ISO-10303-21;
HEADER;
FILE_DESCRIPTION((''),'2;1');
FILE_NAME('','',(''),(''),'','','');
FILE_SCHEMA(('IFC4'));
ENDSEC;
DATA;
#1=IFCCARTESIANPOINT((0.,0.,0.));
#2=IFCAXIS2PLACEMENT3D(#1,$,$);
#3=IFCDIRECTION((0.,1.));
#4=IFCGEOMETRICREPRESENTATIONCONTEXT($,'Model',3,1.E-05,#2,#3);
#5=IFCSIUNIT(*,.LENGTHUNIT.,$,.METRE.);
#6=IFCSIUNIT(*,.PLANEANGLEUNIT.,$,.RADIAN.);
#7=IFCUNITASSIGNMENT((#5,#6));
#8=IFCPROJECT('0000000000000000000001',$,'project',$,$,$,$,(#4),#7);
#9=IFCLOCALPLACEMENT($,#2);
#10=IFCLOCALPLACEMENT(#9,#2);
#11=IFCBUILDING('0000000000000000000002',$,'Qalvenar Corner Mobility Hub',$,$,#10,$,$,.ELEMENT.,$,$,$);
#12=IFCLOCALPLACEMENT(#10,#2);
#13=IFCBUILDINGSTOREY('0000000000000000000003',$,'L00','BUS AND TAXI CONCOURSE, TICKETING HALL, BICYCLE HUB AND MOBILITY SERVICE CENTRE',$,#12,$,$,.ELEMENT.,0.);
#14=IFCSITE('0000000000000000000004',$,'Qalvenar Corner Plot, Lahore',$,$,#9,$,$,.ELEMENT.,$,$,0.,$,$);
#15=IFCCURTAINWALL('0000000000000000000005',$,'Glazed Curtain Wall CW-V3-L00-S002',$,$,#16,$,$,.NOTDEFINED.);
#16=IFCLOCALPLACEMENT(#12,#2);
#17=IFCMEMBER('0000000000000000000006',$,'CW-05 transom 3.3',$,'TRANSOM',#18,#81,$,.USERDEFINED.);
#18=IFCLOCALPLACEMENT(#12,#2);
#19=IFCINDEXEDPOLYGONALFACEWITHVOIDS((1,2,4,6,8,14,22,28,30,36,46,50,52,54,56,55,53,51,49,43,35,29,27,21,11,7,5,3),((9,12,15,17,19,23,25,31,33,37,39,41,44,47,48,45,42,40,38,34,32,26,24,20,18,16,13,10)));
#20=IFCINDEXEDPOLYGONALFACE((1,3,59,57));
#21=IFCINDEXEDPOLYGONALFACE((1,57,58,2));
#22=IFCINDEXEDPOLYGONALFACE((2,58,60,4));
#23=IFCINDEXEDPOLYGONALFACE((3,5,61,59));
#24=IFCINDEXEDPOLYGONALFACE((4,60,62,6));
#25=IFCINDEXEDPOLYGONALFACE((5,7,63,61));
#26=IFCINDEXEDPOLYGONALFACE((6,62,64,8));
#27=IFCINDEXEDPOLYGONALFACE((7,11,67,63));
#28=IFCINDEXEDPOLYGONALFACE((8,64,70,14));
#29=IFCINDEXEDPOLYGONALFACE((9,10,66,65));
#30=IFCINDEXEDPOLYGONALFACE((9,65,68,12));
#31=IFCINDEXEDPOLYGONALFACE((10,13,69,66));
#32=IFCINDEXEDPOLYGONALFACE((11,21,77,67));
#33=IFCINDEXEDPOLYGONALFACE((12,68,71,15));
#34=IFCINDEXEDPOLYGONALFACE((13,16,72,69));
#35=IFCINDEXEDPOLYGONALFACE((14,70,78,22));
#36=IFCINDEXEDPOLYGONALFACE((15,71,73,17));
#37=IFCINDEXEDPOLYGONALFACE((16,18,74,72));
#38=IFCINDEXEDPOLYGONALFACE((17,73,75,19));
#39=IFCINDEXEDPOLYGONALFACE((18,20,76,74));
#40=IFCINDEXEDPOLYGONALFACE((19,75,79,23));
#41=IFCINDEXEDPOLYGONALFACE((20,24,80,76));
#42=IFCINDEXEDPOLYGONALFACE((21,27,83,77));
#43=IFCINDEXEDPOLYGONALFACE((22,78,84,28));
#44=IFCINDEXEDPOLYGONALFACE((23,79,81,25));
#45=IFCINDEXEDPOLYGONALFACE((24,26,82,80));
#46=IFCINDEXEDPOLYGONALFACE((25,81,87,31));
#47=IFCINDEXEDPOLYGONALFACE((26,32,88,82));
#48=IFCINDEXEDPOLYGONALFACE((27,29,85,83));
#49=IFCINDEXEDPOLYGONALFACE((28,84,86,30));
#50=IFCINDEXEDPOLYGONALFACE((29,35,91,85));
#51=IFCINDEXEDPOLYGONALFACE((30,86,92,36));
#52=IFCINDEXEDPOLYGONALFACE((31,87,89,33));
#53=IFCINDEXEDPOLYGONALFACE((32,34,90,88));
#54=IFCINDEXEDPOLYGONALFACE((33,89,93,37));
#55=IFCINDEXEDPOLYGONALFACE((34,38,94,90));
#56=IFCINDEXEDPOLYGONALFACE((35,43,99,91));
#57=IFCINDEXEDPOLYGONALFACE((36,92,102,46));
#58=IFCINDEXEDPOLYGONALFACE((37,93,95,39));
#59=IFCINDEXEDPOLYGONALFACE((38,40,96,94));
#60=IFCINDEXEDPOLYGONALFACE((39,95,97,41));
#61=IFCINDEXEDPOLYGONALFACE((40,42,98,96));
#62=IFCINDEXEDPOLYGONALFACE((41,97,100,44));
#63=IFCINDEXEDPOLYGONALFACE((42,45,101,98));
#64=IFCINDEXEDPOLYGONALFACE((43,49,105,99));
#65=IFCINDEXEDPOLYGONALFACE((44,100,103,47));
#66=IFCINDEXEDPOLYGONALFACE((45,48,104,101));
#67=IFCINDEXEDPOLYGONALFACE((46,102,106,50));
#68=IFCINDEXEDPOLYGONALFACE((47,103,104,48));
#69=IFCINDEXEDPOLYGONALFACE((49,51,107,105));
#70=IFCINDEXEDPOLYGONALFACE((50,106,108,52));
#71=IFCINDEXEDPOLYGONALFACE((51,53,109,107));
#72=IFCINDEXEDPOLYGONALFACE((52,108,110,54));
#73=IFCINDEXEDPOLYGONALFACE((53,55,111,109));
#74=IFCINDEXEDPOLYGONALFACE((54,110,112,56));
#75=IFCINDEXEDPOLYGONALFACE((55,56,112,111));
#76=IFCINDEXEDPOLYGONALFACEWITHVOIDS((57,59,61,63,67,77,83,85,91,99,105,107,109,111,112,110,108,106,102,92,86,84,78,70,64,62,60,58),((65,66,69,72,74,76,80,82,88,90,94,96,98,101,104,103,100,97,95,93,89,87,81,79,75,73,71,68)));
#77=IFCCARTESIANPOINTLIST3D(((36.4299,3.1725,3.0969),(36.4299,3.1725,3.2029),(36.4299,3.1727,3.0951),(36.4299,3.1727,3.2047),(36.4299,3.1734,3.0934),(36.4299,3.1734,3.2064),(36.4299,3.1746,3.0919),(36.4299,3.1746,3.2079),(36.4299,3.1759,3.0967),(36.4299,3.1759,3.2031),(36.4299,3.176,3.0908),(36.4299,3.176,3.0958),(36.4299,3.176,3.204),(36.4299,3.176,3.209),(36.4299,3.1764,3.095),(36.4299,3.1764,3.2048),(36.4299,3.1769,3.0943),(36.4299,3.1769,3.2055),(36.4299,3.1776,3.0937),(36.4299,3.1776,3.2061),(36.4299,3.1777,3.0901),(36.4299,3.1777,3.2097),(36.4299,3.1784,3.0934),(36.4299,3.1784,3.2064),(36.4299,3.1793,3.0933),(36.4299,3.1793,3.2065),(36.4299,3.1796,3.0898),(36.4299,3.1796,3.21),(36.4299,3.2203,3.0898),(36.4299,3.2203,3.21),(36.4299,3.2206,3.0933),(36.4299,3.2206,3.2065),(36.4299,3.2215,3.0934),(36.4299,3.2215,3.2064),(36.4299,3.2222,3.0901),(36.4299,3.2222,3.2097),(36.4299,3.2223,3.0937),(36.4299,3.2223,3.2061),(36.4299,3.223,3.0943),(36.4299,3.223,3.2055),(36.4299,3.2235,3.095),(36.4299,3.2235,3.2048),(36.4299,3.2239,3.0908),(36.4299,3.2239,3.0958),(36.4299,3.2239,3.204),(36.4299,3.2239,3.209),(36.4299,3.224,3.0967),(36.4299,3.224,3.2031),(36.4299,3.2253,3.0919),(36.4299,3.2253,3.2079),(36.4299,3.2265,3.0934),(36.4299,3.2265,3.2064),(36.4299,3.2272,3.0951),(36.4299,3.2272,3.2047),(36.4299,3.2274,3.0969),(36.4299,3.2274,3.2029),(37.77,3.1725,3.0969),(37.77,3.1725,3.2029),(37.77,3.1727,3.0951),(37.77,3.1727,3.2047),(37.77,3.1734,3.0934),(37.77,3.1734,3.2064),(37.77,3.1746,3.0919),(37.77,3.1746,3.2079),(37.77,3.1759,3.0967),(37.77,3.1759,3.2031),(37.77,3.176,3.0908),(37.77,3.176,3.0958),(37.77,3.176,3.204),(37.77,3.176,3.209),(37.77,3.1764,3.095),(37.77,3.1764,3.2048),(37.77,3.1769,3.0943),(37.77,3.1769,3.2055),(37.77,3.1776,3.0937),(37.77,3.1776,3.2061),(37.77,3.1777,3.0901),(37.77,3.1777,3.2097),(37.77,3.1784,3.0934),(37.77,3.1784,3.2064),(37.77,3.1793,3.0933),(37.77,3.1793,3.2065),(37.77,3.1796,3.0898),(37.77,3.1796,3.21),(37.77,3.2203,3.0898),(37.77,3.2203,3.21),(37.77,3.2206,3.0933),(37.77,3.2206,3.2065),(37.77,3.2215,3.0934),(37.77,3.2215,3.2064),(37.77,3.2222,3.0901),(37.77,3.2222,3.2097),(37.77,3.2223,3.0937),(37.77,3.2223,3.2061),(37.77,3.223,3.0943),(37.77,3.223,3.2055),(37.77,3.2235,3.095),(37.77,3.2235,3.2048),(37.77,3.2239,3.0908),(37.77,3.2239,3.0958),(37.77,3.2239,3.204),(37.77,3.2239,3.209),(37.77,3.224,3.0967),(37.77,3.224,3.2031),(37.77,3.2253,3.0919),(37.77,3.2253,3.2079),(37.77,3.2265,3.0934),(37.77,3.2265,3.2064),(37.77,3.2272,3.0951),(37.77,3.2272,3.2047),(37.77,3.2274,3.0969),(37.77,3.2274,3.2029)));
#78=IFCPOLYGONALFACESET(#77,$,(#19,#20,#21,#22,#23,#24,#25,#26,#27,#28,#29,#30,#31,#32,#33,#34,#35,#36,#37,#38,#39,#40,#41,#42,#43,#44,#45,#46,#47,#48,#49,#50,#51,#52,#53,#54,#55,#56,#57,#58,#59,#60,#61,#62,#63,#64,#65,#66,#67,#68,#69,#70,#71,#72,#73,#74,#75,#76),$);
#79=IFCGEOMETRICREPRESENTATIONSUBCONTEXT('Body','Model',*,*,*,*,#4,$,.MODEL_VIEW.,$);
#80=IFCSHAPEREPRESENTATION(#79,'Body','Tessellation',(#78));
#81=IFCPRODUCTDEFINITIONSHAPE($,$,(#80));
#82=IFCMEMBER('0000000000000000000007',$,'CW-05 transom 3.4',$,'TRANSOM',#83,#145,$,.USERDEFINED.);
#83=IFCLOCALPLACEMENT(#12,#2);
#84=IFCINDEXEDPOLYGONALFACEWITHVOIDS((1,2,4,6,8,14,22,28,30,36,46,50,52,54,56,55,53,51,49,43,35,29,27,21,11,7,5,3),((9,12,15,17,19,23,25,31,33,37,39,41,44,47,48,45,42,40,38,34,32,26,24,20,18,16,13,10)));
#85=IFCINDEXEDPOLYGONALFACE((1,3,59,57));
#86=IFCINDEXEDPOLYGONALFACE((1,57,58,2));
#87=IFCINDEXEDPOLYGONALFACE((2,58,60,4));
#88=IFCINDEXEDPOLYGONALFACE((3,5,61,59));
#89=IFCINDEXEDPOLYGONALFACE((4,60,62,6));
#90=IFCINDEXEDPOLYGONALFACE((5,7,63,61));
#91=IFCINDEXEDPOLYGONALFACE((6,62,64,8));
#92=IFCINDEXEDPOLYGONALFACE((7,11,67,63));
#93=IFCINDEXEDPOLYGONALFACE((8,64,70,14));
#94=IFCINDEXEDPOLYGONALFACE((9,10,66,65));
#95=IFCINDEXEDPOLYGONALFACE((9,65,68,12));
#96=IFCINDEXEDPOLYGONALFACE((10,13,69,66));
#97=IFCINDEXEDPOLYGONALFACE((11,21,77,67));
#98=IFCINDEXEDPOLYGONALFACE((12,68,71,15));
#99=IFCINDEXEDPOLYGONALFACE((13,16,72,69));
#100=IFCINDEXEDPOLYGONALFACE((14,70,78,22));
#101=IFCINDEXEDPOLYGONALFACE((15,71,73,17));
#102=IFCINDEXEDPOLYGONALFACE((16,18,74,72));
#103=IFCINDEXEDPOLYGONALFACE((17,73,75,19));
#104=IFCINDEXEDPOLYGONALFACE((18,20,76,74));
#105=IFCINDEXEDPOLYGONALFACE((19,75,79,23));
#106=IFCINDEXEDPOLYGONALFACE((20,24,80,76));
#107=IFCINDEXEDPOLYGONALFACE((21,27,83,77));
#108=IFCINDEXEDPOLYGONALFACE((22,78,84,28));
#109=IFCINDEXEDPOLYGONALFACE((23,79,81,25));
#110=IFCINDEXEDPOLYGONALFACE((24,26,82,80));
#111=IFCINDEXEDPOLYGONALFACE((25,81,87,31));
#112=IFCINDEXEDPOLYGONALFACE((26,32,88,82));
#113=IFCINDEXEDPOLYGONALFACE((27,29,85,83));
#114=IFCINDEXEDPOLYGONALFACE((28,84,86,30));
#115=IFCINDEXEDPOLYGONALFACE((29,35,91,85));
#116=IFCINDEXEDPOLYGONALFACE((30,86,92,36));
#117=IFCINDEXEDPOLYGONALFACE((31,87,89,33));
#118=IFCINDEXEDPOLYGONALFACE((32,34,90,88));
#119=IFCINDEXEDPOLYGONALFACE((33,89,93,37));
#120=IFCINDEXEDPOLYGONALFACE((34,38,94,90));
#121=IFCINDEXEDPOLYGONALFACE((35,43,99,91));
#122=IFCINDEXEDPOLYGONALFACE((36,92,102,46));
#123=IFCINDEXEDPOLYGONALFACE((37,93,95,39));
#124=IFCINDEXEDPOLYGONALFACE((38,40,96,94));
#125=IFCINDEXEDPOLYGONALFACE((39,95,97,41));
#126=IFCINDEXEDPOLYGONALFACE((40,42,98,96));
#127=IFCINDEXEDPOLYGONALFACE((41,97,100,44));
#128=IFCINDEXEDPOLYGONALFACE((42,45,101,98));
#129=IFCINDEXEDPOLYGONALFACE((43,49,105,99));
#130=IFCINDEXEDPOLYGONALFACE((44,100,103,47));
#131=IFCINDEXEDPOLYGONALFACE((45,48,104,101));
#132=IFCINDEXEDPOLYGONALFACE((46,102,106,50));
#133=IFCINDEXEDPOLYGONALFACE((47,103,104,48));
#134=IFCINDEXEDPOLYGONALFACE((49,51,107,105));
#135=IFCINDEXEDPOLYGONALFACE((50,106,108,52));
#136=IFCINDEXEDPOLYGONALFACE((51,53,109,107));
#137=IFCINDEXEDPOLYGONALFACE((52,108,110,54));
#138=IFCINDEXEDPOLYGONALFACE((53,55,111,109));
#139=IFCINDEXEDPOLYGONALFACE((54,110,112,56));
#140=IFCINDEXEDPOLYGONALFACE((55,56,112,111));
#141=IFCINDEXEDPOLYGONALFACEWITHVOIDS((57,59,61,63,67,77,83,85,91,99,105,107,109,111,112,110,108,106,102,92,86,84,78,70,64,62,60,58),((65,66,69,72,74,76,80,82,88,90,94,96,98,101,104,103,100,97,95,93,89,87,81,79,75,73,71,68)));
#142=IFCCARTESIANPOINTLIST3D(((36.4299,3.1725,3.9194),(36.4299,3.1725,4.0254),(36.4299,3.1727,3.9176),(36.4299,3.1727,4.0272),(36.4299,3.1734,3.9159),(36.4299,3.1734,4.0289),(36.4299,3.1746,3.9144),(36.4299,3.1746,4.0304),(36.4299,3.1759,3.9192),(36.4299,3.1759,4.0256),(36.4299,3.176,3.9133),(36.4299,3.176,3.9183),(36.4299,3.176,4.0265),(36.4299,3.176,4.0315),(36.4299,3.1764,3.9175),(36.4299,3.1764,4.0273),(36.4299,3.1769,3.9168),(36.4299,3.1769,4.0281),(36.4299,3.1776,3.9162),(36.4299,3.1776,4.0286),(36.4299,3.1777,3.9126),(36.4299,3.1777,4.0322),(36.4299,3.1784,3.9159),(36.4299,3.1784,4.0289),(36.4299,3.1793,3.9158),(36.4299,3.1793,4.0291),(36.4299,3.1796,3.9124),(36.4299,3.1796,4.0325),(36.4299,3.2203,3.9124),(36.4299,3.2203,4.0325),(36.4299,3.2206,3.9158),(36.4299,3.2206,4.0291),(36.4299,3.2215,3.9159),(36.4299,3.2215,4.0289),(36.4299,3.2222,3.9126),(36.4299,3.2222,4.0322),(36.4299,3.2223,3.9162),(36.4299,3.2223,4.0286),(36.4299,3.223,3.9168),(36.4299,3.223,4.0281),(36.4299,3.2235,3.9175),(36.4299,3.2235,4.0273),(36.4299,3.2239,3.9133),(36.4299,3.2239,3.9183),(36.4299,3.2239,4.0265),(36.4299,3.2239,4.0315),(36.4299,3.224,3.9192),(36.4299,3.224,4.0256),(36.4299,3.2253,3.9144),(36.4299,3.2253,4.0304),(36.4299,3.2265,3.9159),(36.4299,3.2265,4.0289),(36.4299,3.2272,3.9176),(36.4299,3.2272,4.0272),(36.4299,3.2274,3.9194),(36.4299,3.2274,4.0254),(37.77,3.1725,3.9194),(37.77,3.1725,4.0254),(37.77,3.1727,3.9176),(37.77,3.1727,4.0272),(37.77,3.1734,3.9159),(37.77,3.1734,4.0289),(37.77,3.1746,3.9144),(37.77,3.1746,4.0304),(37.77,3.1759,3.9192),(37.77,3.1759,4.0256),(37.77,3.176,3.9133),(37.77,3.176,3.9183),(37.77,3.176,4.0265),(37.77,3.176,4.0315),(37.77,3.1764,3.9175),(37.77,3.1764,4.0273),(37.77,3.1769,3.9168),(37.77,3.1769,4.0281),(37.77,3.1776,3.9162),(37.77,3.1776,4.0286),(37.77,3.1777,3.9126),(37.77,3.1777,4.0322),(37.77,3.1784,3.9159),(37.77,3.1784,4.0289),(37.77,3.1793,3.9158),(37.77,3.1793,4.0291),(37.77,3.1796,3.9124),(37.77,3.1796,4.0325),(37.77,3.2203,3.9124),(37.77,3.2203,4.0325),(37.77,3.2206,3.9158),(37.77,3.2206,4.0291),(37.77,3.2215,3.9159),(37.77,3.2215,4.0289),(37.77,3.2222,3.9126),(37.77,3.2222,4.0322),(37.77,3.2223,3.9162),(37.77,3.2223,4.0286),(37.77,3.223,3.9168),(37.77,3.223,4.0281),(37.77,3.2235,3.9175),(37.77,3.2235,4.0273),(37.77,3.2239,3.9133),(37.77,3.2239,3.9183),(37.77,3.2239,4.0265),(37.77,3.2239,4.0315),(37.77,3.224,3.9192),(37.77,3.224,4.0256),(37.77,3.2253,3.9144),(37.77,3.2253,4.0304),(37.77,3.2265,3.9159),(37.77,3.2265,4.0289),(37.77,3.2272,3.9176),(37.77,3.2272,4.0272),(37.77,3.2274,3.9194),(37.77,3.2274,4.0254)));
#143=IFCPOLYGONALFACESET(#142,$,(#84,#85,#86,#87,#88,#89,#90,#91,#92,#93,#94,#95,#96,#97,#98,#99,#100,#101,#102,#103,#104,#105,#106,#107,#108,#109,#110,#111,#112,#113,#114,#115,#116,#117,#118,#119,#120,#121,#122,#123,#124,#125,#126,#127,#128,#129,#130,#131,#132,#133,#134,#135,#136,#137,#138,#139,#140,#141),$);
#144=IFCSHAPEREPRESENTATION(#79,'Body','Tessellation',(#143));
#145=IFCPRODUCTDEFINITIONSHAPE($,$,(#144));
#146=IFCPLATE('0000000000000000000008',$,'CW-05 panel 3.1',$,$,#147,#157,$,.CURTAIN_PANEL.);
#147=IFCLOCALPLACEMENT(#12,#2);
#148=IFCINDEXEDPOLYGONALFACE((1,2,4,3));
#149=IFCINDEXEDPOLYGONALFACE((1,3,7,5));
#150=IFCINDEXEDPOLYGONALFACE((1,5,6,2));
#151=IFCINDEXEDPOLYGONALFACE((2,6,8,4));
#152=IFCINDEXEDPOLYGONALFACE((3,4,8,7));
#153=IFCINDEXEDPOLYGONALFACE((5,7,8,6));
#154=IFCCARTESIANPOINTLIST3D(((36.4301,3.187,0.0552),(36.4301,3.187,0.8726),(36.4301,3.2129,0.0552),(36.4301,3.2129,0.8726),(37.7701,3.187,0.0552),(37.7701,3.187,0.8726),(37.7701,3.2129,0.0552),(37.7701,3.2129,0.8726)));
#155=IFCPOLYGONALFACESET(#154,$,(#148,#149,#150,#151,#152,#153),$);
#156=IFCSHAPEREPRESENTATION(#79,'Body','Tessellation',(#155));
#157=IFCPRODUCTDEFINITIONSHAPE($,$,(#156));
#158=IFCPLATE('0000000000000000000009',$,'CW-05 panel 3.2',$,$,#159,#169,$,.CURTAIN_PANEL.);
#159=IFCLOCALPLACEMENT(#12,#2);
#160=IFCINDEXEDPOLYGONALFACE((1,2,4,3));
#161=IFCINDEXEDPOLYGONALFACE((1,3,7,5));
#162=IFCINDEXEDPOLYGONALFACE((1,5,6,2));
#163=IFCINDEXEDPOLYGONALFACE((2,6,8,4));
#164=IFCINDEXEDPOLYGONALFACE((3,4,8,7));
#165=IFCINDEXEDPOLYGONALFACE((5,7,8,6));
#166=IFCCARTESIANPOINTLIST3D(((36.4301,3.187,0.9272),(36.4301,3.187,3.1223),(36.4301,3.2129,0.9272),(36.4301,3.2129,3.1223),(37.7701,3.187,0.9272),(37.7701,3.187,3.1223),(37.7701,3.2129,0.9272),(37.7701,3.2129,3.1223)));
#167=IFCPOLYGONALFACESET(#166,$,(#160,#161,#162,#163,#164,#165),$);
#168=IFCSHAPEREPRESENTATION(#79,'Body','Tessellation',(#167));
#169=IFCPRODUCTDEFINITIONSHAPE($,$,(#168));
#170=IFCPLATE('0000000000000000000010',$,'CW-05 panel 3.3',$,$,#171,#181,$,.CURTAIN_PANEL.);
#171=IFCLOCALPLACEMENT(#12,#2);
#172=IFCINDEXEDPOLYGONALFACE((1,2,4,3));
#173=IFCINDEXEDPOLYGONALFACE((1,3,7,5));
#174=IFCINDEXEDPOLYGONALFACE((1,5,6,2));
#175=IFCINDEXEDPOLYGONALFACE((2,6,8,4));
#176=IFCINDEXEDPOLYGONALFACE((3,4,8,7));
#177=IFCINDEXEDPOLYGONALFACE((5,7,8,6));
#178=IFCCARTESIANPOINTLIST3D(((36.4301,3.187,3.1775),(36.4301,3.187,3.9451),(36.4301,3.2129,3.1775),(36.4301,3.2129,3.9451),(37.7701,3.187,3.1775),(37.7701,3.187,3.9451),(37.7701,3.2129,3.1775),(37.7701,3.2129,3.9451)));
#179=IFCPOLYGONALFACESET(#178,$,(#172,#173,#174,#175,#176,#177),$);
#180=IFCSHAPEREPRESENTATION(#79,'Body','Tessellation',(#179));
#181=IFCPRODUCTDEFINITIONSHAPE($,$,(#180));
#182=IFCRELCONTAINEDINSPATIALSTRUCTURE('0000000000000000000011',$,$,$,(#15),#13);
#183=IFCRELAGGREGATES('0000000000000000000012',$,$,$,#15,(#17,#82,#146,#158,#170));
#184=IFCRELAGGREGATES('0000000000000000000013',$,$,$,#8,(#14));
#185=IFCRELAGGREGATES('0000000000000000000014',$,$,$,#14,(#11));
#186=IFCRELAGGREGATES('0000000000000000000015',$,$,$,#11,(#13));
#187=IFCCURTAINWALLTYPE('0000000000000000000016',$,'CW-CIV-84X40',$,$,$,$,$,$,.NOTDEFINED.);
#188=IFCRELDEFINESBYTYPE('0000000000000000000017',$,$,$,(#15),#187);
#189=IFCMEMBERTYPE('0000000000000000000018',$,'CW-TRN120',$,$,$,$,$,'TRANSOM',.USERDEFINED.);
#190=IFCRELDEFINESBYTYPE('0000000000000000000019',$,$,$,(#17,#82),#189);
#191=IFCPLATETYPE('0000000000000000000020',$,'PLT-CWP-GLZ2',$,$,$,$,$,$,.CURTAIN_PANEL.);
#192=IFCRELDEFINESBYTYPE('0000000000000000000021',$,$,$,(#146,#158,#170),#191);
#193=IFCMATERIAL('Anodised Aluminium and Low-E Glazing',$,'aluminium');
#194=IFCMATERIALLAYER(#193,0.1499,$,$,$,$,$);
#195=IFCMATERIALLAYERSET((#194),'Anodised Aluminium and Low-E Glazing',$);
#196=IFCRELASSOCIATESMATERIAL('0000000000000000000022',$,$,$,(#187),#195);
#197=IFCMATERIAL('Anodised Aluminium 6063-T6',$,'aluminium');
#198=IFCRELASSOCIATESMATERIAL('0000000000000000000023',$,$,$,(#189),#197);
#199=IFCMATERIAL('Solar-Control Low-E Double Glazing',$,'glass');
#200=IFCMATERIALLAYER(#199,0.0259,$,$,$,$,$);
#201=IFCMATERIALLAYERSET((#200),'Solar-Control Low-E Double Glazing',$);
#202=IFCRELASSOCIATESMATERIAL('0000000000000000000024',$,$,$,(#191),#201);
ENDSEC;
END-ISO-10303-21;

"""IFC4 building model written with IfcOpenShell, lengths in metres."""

from ifc_helpers import new_model, si_unit, direction, frame, origin, origin_2d, place, context, subcontext, project, spatial, rectangle, hollow_rectangle, extrude, material, layer, layer_set, material_profile, profile_set, type_object, element, aggregate, save


model = new_model("IFC4")

# Units and contexts
model_context = context("Model", 3, precision=1e-05, world=origin(), true_north=direction((0.0, 1.0)))
body_context = subcontext(model_context, "Body", "Model", "MODEL_VIEW")
ifc_project = project(units=[si_unit("LENGTHUNIT", "METRE"), si_unit("PLANEANGLEUNIT", "RADIAN")], contexts=[model_context])

# Site, building, storey
site_placement = place(None, origin())
site = spatial("IfcSite", under=ifc_project, at=site_placement, Name="Qalvenar Corner Plot, Lahore", CompositionType="ELEMENT", RefElevation=0.0)
building_placement = place(site_placement, origin())
building = spatial("IfcBuilding", under=site, at=building_placement, Name="Qalvenar Corner Mobility Hub", CompositionType="ELEMENT")
storey_placement = place(building_placement, origin())
storey = spatial("IfcBuildingStorey", under=building, at=storey_placement, Name="L00", Description="BUS AND TAXI CONCOURSE, TICKETING HALL, BICYCLE HUB AND MOBILITY SERVICE CENTRE", CompositionType="ELEMENT", Elevation=0.0)

# Curtain wall, members, plates
ifc_material_1 = material(Name="Anodised Aluminium and Low-E Glazing", Category="aluminium")
ifc_layer_1 = layer(ifc_material_1, 0.1499)
ifc_layer_set_1 = layer_set([ifc_layer_1], Name="Anodised Aluminium and Low-E Glazing")
curtain_wall_type = type_object("IfcCurtainWallType", Name="CW-CIV-84X40", PredefinedType="NOTDEFINED", material=ifc_layer_set_1)
curtain_wall_placement = place(storey_placement, origin())
curtain_wall = element("IfcCurtainWall", 1, at=curtain_wall_placement, inside=storey, type_object=curtain_wall_type, Name="Glazed Curtain Wall CW-V3-L00-S002", PredefinedType="NOTDEFINED")
ifc_material_2 = material(Name="Anodised Aluminium 6063-T6", Category="aluminium")
ifc_material_profile_1 = material_profile(ifc_material_2, hollow_rectangle(XDim=0.0549, YDim=0.1201, WallThickness=0.0034, InnerFilletRadius=0.0034, OuterFilletRadius=0.0071, at=origin_2d()), Name="RHS120x55x3.5")
ifc_profile_set_1 = profile_set([ifc_material_profile_1], Name="Anodised Aluminium 6063-T6")
member_type = type_object("IfcMemberType", Name="CW-TRN120", ElementType="TRANSOM", PredefinedType="USERDEFINED", material=ifc_profile_set_1)
member_1_placement = place(storey_placement, frame((36.4299, 3.2, 3.1499), z_axis=(1.0, 0.0, 0.0), x_axis=(0.0, 1.0, 0.0)))
member_1 = element("IfcMember", 2, at=member_1_placement, type_object=member_type, Name="CW-05 transom 3.3", ObjectType="TRANSOM", PredefinedType="USERDEFINED", context=body_context, shape_type="SweptSolid", body=[
    extrude(hollow_rectangle(XDim=0.0549, YDim=0.1201, WallThickness=0.0034, InnerFilletRadius=0.0034, OuterFilletRadius=0.0071, at=origin_2d()), origin(), (0.0, 0.0, 1.0), 1.3401),
])
member_2_placement = place(storey_placement, frame((36.4299, 3.2, 3.9724), z_axis=(1.0, 0.0, 0.0), x_axis=(0.0, 1.0, 0.0)))
member_2 = element("IfcMember", 3, at=member_2_placement, type_object=member_type, Name="CW-05 transom 3.4", ObjectType="TRANSOM", PredefinedType="USERDEFINED", context=body_context, shape_type="SweptSolid", body=[
    extrude(hollow_rectangle(XDim=0.0549, YDim=0.1201, WallThickness=0.0034, InnerFilletRadius=0.0034, OuterFilletRadius=0.0071, at=origin_2d()), origin(), (0.0, 0.0, 1.0), 1.3401),
])
ifc_material_3 = material(Name="Solar-Control Low-E Double Glazing", Category="glass")
ifc_layer_2 = layer(ifc_material_3, 0.0259)
ifc_layer_set_2 = layer_set([ifc_layer_2], Name="Solar-Control Low-E Double Glazing")
plate_type = type_object("IfcPlateType", Name="PLT-CWP-GLZ2", PredefinedType="CURTAIN_PANEL", material=ifc_layer_set_2)
plate_1_placement = place(storey_placement, frame((37.1001, 3.2, 0.0552), z_axis=(0.0, 0.0, 1.0), x_axis=(1.0, 0.0, 0.0)))
plate_1 = element("IfcPlate", 4, at=plate_1_placement, type_object=plate_type, Name="CW-05 panel 3.1", PredefinedType="CURTAIN_PANEL", context=body_context, shape_type="SweptSolid", body=[
    extrude(rectangle(XDim=1.3401, YDim=0.0259, at=origin_2d()), origin(), (0.0, 0.0, 1.0), 0.8174),
])
plate_2_placement = place(storey_placement, frame((37.1001, 3.2, 0.9272), z_axis=(0.0, 0.0, 1.0), x_axis=(1.0, 0.0, 0.0)))
plate_2 = element("IfcPlate", 5, at=plate_2_placement, type_object=plate_type, Name="CW-05 panel 3.2", PredefinedType="CURTAIN_PANEL", context=body_context, shape_type="SweptSolid", body=[
    extrude(rectangle(XDim=1.3401, YDim=0.0259, at=origin_2d()), origin(), (0.0, 0.0, 1.0), 2.1951),
])
plate_3_placement = place(storey_placement, frame((37.1001, 3.2, 3.1775), z_axis=(0.0, 0.0, 1.0), x_axis=(1.0, 0.0, 0.0)))
plate_3 = element("IfcPlate", 6, at=plate_3_placement, type_object=plate_type, Name="CW-05 panel 3.3", PredefinedType="CURTAIN_PANEL", context=body_context, shape_type="SweptSolid", body=[
    extrude(rectangle(XDim=1.3401, YDim=0.0259, at=origin_2d()), origin(), (0.0, 0.0, 1.0), 0.7676),
])
aggregate(curtain_wall, [member_1, member_2, plate_1, plate_2, plate_3])

save(model, "model.ifc")
